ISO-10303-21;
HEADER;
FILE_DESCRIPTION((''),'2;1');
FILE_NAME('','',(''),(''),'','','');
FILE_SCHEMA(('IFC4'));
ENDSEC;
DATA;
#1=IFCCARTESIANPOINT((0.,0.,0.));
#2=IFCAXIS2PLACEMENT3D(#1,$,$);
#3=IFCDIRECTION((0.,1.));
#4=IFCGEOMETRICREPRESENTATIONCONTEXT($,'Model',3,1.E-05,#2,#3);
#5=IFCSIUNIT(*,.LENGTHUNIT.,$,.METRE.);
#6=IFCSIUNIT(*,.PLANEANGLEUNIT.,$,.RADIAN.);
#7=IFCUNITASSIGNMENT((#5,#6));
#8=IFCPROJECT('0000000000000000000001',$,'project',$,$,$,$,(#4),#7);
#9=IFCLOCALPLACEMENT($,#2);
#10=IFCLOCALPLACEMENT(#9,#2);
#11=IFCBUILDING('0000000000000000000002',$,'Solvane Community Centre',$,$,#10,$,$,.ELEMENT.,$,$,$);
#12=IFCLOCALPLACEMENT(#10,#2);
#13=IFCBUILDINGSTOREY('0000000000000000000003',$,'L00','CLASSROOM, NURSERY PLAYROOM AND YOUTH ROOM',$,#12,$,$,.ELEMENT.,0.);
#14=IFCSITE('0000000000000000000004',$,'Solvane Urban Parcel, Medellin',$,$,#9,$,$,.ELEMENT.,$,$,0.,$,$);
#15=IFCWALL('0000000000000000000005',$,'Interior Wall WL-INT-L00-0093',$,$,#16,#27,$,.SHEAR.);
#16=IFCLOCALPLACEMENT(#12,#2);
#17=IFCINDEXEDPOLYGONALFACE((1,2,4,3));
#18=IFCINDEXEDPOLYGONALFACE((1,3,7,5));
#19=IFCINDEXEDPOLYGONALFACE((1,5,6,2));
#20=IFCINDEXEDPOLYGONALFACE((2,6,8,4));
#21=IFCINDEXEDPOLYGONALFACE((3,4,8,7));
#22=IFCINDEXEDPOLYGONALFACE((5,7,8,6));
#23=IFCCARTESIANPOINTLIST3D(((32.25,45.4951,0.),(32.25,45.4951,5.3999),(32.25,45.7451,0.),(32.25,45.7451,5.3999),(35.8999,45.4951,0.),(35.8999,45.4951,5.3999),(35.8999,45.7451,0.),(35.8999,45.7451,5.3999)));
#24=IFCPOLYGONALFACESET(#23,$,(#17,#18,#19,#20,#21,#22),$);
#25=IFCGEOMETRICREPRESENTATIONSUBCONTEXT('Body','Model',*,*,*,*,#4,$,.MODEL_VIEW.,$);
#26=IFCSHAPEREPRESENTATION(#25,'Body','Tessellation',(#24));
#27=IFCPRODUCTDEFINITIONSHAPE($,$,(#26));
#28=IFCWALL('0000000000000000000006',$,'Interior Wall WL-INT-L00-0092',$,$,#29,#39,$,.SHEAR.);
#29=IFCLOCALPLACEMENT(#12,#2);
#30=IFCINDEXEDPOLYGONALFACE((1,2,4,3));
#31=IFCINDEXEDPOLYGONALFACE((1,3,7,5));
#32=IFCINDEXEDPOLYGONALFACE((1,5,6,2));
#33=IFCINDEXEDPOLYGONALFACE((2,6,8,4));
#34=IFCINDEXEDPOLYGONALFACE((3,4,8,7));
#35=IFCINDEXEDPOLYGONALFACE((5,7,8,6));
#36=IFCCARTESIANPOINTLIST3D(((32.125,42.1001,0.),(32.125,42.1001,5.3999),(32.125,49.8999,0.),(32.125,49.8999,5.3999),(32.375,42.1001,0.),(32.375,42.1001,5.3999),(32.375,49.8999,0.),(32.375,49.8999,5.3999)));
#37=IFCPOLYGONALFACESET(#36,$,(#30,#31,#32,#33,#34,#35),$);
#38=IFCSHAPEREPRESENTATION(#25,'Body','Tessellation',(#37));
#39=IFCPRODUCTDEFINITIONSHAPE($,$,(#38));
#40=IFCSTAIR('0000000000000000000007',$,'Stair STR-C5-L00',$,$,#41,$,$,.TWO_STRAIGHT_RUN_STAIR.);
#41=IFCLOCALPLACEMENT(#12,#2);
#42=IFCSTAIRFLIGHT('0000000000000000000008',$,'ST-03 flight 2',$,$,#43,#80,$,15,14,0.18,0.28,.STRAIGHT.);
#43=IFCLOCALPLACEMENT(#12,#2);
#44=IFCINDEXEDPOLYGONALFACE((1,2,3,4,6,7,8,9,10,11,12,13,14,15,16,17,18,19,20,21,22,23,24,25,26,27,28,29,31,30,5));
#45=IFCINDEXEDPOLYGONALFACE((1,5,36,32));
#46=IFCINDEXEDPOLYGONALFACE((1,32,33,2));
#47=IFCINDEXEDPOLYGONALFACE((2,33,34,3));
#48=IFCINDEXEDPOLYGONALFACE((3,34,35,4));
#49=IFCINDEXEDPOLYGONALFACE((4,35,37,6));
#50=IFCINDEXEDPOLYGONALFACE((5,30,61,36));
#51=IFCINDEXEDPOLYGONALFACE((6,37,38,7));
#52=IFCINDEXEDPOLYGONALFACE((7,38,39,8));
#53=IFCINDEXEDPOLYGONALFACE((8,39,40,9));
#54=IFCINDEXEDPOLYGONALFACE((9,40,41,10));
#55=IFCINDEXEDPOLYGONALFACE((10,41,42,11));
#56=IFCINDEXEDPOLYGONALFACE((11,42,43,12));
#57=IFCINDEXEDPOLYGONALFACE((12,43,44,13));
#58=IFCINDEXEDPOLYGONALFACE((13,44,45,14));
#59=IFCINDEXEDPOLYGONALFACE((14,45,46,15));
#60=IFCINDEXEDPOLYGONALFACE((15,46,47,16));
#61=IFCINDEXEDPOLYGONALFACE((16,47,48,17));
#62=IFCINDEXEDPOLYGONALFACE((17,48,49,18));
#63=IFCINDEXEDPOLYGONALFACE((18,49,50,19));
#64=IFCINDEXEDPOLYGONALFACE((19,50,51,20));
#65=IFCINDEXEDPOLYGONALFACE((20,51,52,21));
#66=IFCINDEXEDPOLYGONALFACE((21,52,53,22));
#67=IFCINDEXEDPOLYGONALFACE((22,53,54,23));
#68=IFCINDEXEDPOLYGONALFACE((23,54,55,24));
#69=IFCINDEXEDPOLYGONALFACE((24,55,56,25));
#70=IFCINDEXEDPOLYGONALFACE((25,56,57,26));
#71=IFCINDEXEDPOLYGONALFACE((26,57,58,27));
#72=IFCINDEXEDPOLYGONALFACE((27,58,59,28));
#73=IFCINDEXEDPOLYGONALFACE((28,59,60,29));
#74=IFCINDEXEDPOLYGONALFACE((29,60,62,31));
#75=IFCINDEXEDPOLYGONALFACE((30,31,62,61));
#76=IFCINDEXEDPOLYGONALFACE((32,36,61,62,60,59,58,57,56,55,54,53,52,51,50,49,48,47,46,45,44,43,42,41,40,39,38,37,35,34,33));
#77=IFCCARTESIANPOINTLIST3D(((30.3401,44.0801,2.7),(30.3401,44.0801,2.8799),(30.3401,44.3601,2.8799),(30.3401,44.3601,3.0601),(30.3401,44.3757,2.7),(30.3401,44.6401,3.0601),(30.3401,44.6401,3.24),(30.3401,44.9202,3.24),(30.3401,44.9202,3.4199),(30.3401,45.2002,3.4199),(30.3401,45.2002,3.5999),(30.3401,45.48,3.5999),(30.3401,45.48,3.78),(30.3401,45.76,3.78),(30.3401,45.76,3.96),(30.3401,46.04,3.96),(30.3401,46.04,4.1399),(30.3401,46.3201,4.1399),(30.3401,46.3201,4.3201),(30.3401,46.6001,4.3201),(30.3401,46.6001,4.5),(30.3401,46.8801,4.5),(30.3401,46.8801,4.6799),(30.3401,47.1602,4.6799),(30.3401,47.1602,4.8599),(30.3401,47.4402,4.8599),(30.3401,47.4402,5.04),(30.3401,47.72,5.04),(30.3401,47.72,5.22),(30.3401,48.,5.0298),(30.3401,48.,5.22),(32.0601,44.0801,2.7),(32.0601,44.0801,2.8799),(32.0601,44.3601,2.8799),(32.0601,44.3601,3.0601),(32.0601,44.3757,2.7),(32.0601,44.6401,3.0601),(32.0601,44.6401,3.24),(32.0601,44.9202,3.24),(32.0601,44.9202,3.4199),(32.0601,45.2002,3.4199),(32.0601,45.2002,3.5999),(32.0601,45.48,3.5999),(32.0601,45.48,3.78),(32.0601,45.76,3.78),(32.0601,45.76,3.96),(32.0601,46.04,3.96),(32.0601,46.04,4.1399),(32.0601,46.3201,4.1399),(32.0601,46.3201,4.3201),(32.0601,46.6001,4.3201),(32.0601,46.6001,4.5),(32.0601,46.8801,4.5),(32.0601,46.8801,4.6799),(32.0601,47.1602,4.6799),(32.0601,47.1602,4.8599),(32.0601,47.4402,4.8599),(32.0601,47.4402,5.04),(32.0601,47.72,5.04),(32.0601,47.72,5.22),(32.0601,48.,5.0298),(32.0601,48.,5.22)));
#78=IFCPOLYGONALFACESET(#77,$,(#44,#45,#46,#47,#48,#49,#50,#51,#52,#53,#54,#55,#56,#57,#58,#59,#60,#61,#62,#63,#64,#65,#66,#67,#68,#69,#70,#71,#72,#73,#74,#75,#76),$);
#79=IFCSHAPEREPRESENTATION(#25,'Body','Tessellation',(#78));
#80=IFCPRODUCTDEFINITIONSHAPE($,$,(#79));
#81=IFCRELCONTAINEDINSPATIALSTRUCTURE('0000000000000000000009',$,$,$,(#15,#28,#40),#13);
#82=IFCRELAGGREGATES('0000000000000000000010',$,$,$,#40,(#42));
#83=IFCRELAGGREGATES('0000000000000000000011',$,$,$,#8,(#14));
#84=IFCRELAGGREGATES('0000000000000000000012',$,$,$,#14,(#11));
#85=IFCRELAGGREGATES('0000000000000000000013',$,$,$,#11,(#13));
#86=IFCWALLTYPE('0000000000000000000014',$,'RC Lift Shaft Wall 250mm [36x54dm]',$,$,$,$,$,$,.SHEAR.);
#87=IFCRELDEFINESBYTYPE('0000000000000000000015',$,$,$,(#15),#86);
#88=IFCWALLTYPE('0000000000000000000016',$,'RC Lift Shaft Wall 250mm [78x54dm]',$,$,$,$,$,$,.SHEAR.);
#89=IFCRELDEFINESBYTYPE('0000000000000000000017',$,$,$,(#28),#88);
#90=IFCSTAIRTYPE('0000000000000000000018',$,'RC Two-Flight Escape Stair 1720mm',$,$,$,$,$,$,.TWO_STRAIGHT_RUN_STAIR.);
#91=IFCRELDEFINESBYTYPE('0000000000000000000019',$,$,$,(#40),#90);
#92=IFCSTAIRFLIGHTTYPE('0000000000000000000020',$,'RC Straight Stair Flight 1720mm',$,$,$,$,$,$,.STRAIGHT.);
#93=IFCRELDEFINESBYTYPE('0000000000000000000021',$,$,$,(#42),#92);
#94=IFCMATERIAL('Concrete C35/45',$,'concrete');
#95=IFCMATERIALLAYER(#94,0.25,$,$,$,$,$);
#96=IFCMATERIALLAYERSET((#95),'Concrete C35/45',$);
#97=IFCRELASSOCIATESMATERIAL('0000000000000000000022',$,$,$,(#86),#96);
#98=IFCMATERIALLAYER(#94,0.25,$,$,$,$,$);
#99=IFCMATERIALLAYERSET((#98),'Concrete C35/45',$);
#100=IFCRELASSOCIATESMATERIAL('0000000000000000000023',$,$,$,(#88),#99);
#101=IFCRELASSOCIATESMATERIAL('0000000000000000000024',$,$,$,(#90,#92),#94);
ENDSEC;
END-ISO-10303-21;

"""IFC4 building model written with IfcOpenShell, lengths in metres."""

from ifc_helpers import new_model, si_unit, direction, frame, frame_2d, origin, place, context, subcontext, project, spatial, polyline, rectangle, outline, extrude, material, layer, layer_set, type_object, element, aggregate, save


model = new_model("IFC4")

# Units and contexts
model_context = context("Model", 3, precision=1e-05, world=origin(), true_north=direction((0.0, 1.0)))
body_context = subcontext(model_context, "Body", "Model", "MODEL_VIEW")
ifc_project = project(units=[si_unit("LENGTHUNIT", "METRE"), si_unit("PLANEANGLEUNIT", "RADIAN")], contexts=[model_context])

# Site, building, storey
site_placement = place(None, origin())
site = spatial("IfcSite", under=ifc_project, at=site_placement, Name="Solvane Urban Parcel, Medellin", CompositionType="ELEMENT", RefElevation=0.0)
building_placement = place(site_placement, origin())
building = spatial("IfcBuilding", under=site, at=building_placement, Name="Solvane Community Centre", CompositionType="ELEMENT")
storey_placement = place(building_placement, origin())
storey = spatial("IfcBuildingStorey", under=building, at=storey_placement, Name="L00", Description="CLASSROOM, NURSERY PLAYROOM AND YOUTH ROOM", CompositionType="ELEMENT", Elevation=0.0)

# Shared definitions
ifc_material_1 = material(Name="Concrete C35/45", Category="concrete")

# Walls
ifc_layer_1 = layer(ifc_material_1, 0.25)
ifc_layer_set_1 = layer_set([ifc_layer_1], Name="Concrete C35/45")
wall_type_1 = type_object("IfcWallType", Name="RC Lift Shaft Wall 250mm [36x54dm]", PredefinedType="SHEAR", material=ifc_layer_set_1)
wall_1_placement = place(storey_placement, frame((32.25, 45.6201, 0.0), z_axis=(0.0, 0.0, 1.0), x_axis=(1.0, 0.0, 0.0)))
element("IfcWall", 1, at=wall_1_placement, inside=storey, type_object=wall_type_1, Name="Interior Wall WL-INT-L00-0093", PredefinedType="SHEAR", context=body_context, shape_type="SweptSolid", body=[
    extrude(rectangle(XDim=3.6499, YDim=0.25, at=frame_2d((1.825, 0.0))), origin(), (0.0, 0.0, 1.0), 5.3999),
])
ifc_layer_2 = layer(ifc_material_1, 0.25)
ifc_layer_set_2 = layer_set([ifc_layer_2], Name="Concrete C35/45")
wall_type_2 = type_object("IfcWallType", Name="RC Lift Shaft Wall 250mm [78x54dm]", PredefinedType="SHEAR", material=ifc_layer_set_2)
wall_2_placement = place(storey_placement, frame((32.25, 42.1001, 0.0), z_axis=(0.0, 0.0, 1.0), x_axis=(0.0, 1.0, 0.0)))
element("IfcWall", 2, at=wall_2_placement, inside=storey, type_object=wall_type_2, Name="Interior Wall WL-INT-L00-0092", PredefinedType="SHEAR", context=body_context, shape_type="SweptSolid", body=[
    extrude(rectangle(XDim=7.7998, YDim=0.25, at=frame_2d((3.8999, 0.0))), origin(), (0.0, 0.0, 1.0), 5.3999),
])

# Stair, stair flight
stair_type = type_object("IfcStairType", Name="RC Two-Flight Escape Stair 1720mm", PredefinedType="TWO_STRAIGHT_RUN_STAIR", material=ifc_material_1)
stair_placement = place(storey_placement, origin())
stair = element("IfcStair", 3, at=stair_placement, inside=storey, type_object=stair_type, Name="Stair STR-C5-L00", PredefinedType="TWO_STRAIGHT_RUN_STAIR")
stair_flight_type = type_object("IfcStairFlightType", Name="RC Straight Stair Flight 1720mm", PredefinedType="STRAIGHT", material=ifc_material_1)
stair_flight_placement = place(storey_placement, frame((31.2, 44.0801, 2.7), z_axis=(0.0, 0.0, 1.0), x_axis=(0.0, 1.0, 0.0)))
stair_flight = element("IfcStairFlight", 4, at=stair_flight_placement, type_object=stair_flight_type, Name="ST-03 flight 2", NumberOfRisers=15, NumberOfTreads=14, PredefinedType="STRAIGHT", RiserHeight=0.18, TreadLength=0.28, context=body_context, shape_type="SweptSolid", body=[
    extrude(outline(polyline([(0.0, 0.0), (0.0, 0.1799), (0.28, 0.1799), (0.28, 0.3601), (0.5601, 0.3601), (0.5601, 0.54), (0.8401, 0.54), (0.8401, 0.72), (1.1201, 0.72), (1.1201, 0.8999), (1.3999, 0.8999), (1.3999, 1.0801), (1.6799, 1.0801), (1.6799, 1.26), (1.96, 1.26), (1.96, 1.4399), (2.24, 1.4399), (2.24, 1.6201), (2.52, 1.6201), (2.52, 1.8), (2.8, 1.8), (2.8, 1.98), (3.0801, 1.98), (3.0801, 2.1599), (3.3601, 2.1599), (3.3601, 2.3401), (3.6399, 2.3401), (3.6399, 2.52), (3.9199, 2.52), (3.9199, 2.7), (3.9199, 2.3298), (0.2957, 0.0), (0.0, 0.0)])), frame((0.0, 0.8599, 0.0), z_axis=(0.0, -1.0, 0.0), x_axis=(1.0, 0.0, 0.0)), (0.0, 0.0, 1.0), 1.72),
])
aggregate(stair, [stair_flight])

save(model, "model.ifc")
